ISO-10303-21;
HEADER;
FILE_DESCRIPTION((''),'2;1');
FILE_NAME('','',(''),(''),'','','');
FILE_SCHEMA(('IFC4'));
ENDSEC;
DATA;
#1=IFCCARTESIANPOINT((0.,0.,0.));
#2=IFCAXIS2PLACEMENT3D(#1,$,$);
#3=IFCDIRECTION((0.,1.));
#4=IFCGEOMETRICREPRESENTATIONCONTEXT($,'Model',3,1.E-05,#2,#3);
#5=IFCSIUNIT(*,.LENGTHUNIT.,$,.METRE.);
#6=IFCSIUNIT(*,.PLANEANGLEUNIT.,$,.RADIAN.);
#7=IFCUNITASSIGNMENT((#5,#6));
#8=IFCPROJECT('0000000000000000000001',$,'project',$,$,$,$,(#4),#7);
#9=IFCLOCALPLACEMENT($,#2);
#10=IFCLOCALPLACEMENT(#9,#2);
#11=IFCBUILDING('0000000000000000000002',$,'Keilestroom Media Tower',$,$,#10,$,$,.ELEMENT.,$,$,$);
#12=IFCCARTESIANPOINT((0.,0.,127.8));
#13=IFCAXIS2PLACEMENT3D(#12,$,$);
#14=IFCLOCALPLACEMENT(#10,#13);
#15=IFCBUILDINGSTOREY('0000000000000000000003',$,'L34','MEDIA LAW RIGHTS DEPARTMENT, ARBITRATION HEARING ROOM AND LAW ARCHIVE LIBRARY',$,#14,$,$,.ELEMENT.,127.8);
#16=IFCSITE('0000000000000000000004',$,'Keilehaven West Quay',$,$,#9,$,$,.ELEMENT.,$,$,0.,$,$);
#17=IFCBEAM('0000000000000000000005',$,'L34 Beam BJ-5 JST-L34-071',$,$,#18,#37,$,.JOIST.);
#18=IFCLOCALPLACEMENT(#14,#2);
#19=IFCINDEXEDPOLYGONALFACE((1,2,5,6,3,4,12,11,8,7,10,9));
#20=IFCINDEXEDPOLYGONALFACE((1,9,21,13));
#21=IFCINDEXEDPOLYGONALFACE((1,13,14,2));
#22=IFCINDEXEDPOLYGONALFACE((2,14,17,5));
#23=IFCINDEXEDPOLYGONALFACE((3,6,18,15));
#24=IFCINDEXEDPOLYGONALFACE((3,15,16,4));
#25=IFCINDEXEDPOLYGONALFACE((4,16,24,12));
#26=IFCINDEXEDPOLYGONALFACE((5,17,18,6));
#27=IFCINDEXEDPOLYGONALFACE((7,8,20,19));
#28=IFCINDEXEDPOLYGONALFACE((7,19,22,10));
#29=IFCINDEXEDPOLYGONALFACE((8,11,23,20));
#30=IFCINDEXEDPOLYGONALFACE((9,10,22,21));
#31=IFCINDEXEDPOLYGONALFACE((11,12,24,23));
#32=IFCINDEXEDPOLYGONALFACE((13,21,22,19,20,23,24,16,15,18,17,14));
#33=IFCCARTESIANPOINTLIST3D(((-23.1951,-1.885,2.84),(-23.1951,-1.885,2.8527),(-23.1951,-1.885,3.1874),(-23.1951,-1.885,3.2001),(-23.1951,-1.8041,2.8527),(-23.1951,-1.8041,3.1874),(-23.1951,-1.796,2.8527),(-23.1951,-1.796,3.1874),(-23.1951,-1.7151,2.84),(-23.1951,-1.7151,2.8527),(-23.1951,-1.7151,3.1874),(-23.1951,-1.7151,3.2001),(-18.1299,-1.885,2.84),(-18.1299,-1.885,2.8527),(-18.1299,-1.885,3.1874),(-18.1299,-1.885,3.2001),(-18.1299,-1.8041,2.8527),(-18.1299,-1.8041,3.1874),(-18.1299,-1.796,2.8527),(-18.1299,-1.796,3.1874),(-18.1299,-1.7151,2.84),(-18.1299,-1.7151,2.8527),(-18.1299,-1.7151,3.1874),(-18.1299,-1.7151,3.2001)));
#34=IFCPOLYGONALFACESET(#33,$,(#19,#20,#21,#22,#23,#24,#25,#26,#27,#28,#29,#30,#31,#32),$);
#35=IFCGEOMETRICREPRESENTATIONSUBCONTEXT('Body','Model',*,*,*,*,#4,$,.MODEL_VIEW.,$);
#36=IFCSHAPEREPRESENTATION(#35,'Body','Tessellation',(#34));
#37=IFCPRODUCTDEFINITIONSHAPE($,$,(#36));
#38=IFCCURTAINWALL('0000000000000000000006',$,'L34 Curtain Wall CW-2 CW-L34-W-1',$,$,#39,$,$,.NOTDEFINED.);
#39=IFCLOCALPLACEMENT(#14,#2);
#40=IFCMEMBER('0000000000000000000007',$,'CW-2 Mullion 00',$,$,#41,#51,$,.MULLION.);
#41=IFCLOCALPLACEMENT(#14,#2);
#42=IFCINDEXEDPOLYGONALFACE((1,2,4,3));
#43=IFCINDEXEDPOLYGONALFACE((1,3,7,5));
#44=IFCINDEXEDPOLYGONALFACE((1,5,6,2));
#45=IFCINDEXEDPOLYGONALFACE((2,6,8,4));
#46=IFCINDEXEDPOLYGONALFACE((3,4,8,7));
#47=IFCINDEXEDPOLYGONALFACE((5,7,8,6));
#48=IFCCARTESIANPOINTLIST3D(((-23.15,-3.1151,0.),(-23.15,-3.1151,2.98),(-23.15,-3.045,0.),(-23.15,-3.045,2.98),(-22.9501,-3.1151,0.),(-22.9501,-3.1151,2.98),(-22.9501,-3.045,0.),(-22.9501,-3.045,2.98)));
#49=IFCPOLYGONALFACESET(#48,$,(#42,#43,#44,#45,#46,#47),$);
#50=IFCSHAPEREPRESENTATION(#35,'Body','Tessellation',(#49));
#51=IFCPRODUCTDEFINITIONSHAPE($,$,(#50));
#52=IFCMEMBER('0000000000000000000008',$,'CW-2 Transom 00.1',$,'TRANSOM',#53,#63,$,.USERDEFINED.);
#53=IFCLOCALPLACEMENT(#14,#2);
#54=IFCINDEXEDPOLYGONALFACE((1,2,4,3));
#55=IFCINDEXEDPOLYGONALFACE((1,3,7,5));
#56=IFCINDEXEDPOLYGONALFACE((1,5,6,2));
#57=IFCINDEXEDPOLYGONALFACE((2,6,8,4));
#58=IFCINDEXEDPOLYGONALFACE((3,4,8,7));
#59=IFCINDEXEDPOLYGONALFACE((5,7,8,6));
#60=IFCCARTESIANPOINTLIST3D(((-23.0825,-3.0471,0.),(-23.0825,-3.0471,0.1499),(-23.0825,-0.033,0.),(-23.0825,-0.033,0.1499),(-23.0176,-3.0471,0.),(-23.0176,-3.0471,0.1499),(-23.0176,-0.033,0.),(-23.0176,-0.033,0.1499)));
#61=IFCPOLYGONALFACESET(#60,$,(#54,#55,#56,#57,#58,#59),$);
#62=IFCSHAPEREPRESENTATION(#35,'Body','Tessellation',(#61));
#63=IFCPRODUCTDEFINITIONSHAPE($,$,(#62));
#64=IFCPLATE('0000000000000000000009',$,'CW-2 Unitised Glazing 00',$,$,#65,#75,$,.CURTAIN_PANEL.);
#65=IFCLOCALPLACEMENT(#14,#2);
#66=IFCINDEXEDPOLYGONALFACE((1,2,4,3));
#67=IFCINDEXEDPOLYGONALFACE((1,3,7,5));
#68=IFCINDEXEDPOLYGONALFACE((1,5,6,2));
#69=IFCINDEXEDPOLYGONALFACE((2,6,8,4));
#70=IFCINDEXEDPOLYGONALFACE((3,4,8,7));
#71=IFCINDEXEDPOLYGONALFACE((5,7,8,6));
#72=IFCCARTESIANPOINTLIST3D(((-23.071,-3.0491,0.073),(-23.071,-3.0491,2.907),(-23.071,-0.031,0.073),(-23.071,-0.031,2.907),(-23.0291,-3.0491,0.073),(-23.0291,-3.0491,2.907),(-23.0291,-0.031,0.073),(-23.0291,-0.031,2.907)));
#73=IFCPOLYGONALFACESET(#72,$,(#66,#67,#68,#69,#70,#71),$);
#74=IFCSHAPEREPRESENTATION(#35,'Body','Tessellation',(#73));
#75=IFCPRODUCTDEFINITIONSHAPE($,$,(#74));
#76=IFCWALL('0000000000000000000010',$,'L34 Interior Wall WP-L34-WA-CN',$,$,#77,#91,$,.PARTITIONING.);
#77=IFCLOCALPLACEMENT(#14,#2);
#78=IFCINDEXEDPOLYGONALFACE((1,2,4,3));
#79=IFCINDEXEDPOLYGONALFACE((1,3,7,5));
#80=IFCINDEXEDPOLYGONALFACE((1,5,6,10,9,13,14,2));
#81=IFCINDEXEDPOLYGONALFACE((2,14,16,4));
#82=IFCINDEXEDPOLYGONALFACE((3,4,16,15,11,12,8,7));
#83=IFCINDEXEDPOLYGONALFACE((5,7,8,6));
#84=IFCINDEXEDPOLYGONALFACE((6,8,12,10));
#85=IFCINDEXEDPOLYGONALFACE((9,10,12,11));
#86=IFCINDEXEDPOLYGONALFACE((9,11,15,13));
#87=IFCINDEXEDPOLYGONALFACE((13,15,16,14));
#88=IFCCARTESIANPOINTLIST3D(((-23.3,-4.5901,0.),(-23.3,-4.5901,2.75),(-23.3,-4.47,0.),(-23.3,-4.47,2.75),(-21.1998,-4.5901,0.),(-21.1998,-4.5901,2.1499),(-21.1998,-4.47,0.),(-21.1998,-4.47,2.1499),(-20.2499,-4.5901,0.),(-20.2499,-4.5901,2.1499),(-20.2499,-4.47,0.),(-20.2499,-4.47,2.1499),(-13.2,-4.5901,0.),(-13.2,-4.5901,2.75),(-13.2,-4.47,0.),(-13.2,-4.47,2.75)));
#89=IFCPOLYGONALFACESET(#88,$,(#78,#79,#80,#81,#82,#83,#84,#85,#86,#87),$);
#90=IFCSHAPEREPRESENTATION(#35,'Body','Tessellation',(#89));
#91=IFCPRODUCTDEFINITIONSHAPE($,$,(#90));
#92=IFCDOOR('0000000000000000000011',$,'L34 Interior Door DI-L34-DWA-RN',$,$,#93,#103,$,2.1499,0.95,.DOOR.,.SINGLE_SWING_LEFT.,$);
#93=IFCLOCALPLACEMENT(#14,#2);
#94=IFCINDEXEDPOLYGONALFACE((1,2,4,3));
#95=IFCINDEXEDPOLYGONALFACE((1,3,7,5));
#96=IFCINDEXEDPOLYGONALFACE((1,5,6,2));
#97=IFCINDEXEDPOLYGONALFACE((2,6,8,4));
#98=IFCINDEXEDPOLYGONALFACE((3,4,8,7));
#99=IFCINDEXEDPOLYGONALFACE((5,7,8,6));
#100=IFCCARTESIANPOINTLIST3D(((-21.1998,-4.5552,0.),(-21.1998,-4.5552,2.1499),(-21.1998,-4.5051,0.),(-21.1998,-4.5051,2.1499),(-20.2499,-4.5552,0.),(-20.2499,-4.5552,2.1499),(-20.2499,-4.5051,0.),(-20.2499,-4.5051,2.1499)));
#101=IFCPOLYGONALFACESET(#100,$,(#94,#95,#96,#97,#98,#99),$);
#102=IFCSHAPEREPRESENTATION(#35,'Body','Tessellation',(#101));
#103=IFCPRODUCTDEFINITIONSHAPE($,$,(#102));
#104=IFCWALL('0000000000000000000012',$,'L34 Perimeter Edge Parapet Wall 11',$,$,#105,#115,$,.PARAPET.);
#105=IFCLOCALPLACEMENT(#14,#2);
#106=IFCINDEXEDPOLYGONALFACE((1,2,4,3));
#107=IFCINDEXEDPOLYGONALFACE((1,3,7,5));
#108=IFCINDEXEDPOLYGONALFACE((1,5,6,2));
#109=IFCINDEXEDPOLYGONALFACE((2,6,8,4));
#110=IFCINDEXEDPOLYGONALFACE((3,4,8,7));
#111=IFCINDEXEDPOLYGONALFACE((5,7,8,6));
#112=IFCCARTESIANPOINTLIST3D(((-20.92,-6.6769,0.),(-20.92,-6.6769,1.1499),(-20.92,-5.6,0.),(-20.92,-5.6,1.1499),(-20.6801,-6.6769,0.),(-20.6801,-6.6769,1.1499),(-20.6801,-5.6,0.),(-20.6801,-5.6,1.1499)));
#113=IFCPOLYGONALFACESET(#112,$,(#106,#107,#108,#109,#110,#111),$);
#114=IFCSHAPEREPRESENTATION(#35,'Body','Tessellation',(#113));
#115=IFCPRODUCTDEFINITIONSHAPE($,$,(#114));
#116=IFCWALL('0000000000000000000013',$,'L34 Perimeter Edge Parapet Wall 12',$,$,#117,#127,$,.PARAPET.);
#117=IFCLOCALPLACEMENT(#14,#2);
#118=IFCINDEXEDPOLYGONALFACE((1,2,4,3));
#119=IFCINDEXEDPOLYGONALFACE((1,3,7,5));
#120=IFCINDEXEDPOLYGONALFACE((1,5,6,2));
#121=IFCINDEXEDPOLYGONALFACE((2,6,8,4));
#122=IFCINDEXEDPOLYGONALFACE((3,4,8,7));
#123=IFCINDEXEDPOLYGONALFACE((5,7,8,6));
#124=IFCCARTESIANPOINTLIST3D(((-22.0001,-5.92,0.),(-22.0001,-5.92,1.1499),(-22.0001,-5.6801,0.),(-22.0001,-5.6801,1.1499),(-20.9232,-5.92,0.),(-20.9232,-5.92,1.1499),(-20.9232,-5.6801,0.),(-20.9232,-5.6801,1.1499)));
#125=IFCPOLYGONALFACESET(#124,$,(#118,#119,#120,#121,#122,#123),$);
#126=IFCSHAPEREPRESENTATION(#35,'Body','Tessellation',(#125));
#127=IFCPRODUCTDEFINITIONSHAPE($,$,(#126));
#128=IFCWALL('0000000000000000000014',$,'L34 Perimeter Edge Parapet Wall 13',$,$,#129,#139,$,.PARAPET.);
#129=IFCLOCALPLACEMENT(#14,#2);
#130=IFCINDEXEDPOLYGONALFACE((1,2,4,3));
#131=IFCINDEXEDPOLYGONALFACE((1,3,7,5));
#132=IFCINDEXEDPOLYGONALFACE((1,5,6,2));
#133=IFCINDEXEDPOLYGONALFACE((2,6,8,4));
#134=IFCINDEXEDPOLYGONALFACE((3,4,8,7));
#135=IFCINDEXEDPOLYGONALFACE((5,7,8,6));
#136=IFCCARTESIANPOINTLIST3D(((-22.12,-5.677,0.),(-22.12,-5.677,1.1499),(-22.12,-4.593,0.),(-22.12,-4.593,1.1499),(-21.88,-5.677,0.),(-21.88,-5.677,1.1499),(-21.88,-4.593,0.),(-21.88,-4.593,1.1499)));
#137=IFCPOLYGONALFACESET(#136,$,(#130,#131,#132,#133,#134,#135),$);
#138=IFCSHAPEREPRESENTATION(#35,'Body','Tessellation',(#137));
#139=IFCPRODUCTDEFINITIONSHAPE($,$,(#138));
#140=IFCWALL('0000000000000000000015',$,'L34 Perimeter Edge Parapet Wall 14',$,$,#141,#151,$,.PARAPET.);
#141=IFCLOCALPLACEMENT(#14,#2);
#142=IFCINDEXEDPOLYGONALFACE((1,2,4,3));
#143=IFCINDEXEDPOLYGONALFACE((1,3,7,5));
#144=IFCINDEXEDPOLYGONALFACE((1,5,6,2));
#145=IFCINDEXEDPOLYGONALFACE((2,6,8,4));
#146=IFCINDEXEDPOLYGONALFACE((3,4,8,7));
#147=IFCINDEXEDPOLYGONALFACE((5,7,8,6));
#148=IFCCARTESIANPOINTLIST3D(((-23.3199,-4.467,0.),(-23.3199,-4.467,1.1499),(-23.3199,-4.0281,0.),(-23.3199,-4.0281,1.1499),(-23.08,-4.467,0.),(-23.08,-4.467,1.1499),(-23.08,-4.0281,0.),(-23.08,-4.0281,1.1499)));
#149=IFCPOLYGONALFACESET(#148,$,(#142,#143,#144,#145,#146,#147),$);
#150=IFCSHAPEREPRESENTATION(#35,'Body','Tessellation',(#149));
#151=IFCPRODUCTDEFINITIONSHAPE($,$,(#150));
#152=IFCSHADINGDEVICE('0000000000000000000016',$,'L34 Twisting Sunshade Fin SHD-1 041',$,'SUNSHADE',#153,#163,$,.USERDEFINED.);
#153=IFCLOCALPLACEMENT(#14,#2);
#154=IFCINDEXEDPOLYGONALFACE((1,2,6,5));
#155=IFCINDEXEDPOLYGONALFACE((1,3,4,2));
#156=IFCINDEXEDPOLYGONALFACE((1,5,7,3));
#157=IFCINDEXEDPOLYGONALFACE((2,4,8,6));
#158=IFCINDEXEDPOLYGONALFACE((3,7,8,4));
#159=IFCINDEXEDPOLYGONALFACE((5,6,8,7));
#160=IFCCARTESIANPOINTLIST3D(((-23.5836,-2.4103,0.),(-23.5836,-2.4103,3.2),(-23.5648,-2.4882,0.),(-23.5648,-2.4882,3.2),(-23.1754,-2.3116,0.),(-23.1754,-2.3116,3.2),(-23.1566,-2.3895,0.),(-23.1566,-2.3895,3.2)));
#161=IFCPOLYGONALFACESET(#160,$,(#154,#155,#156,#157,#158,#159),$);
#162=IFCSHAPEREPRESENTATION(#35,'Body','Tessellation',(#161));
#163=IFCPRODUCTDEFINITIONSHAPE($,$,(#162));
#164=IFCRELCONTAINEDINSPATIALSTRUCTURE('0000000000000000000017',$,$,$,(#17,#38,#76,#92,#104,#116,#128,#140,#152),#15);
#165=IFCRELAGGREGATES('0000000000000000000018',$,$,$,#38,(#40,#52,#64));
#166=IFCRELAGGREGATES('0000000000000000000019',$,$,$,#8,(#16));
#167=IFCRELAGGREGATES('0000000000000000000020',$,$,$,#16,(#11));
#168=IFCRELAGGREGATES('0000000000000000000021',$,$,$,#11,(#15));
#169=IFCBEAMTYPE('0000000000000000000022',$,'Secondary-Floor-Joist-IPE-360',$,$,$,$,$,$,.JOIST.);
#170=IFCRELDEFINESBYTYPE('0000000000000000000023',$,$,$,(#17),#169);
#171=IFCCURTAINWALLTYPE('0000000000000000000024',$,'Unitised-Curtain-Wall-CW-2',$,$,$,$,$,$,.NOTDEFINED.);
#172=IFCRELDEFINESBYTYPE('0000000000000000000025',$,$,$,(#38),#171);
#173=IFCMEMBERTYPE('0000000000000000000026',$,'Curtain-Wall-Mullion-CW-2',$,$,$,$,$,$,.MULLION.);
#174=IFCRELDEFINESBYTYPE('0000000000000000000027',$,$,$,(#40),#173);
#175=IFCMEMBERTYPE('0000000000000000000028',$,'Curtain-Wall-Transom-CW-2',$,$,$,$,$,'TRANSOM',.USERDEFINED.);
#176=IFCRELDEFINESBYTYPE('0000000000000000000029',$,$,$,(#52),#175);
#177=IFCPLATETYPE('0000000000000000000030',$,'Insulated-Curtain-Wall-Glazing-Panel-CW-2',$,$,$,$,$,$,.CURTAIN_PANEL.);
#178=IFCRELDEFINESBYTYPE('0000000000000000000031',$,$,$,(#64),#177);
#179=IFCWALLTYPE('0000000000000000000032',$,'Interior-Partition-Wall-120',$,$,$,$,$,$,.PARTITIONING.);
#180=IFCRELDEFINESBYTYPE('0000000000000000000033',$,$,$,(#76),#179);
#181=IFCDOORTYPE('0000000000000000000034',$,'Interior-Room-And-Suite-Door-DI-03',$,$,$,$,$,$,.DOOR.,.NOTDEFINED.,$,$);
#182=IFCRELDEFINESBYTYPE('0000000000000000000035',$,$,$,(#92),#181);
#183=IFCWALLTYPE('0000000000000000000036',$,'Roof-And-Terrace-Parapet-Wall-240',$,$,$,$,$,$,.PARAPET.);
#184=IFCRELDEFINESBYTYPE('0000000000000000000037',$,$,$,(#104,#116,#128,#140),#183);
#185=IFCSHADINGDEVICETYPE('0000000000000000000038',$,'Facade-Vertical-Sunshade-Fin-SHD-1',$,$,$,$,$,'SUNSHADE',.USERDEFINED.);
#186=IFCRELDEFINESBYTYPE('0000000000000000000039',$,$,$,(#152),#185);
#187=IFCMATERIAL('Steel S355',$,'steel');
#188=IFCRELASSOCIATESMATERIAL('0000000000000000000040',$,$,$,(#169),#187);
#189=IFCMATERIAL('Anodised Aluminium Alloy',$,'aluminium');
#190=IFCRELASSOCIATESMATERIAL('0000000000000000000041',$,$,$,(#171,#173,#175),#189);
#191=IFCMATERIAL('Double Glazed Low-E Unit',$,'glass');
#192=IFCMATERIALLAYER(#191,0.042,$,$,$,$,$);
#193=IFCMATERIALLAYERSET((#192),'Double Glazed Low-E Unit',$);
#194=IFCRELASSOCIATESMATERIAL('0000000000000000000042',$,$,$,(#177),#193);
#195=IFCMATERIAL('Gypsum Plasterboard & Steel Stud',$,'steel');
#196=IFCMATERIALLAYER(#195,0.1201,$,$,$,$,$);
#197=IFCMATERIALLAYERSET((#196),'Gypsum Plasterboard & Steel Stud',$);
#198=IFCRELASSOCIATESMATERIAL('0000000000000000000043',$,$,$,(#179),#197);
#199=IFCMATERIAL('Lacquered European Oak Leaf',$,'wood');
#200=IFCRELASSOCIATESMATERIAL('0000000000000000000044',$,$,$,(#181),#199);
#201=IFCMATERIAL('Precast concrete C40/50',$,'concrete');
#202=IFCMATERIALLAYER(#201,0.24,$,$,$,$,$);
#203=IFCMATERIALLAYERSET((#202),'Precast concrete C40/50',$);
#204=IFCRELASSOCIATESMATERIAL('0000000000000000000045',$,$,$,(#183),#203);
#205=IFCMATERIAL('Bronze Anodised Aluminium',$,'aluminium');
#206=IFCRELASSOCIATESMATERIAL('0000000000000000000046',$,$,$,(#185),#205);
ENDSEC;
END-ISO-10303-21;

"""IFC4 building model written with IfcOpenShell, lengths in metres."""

from ifc_helpers import new_model, si_unit, direction, frame, frame_2d, origin, origin_2d, place, context, subcontext, project, spatial, rectangle, i_section, extrude, source, transform, mapped, material, layer, layer_set, material_profile, profile_set, type_object, element, fill, aggregate, save


model = new_model("IFC4")

# Units and contexts
model_context = context("Model", 3, precision=1e-05, world=origin(), true_north=direction((0.0, 1.0)))
body_context = subcontext(model_context, "Body", "Model", "MODEL_VIEW")
ifc_project = project(units=[si_unit("LENGTHUNIT", "METRE"), si_unit("PLANEANGLEUNIT", "RADIAN")], contexts=[model_context])

# Site, building, storey
site_placement = place(None, origin())
site = spatial("IfcSite", under=ifc_project, at=site_placement, Name="Keilehaven West Quay", CompositionType="ELEMENT", RefElevation=0.0)
building_placement = place(site_placement, origin())
building = spatial("IfcBuilding", under=site, at=building_placement, Name="Keilestroom Media Tower", CompositionType="ELEMENT")
storey_placement = place(building_placement, frame((0.0, 0.0, 127.8)))
storey = spatial("IfcBuildingStorey", under=building, at=storey_placement, Name="L34", Description="MEDIA LAW RIGHTS DEPARTMENT, ARBITRATION HEARING ROOM AND LAW ARCHIVE LIBRARY", CompositionType="ELEMENT", Elevation=127.8)

# Shared definitions
ifc_material_1 = material(Name="Precast concrete C40/50", Category="concrete")
ifc_material_2 = material(Name="Steel S355", Category="steel")

# Beam
ifc_material_profile_1 = material_profile(ifc_material_2, i_section(OverallWidth=0.1699, OverallDepth=0.3601, WebThickness=0.0081, FlangeThickness=0.0127, at=origin_2d()), Name="IPE 360")
ifc_profile_set_1 = profile_set([ifc_material_profile_1], Name="Steel S355")
beam_type_1 = type_object("IfcBeamType", Name="Secondary-Floor-Joist-IPE-360", PredefinedType="JOIST", material=ifc_profile_set_1)
shared_shape_1 = source(origin(), body_context, "Body", "SweptSolid", [
    extrude(i_section(OverallWidth=0.1699, OverallDepth=0.3601, WebThickness=0.0081, FlangeThickness=0.0127, at=origin_2d()), origin(), (0.0, 0.0, 1.0), 5.0652),
])
beam_1_placement = place(storey_placement, frame((-23.1951, -1.8, 3.02), z_axis=(1.0, 0.0, 0.0), x_axis=(0.0, 1.0, 0.0)))
element("IfcBeam", 1, at=beam_1_placement, inside=storey, type_object=beam_type_1, Name="L34 Beam BJ-5 JST-L34-071", PredefinedType="JOIST", context=body_context, shape_type="MappedRepresentation", body=[
    mapped(shared_shape_1, transform((0.0, 0.0, 0.0), x_axis=(1.0, 0.0, 0.0), y_axis=(0.0, 1.0, 0.0), z_axis=(0.0, 0.0, 1.0), scale=1.0)),
])

# Curtain wall, members, plate
ifc_material_3 = material(Name="Anodised Aluminium Alloy", Category="aluminium")
curtain_wall_type = type_object("IfcCurtainWallType", Name="Unitised-Curtain-Wall-CW-2", PredefinedType="NOTDEFINED", material=ifc_material_3)
curtain_wall_placement = place(storey_placement, origin())
curtain_wall = element("IfcCurtainWall", 2, at=curtain_wall_placement, inside=storey, type_object=curtain_wall_type, Name="L34 Curtain Wall CW-2 CW-L34-W-1", PredefinedType="NOTDEFINED")
ifc_material_profile_2 = material_profile(ifc_material_3, rectangle(XDim=0.0701, YDim=0.2, at=origin_2d()), Name="ALU MULLION 70x200")
ifc_profile_set_2 = profile_set([ifc_material_profile_2], Name="Anodised Aluminium Alloy")
member_type_1 = type_object("IfcMemberType", Name="Curtain-Wall-Mullion-CW-2", PredefinedType="MULLION", material=ifc_profile_set_2)
shared_shape_2 = source(origin(), body_context, "Body", "SweptSolid", [
    extrude(rectangle(XDim=0.0701, YDim=0.2, at=origin_2d()), origin(), (0.0, 0.0, 1.0), 2.98),
])
member_1_placement = place(storey_placement, frame((-23.05, -3.0801, 0.0), z_axis=(0.0, 0.0, 1.0), x_axis=(0.0, 1.0, 0.0)))
member_1 = element("IfcMember", 3, at=member_1_placement, type_object=member_type_1, Name="CW-2 Mullion 00", PredefinedType="MULLION", context=body_context, shape_type="MappedRepresentation", body=[
    mapped(shared_shape_2, transform((0.0, 0.0, 0.0), x_axis=(1.0, 0.0, 0.0), y_axis=(0.0, 1.0, 0.0), z_axis=(0.0, 0.0, 1.0), scale=1.0)),
])
ifc_material_profile_3 = material_profile(ifc_material_3, rectangle(XDim=0.0649, YDim=0.1499, at=origin_2d()), Name="ALU TRANSOM 65x150")
ifc_profile_set_3 = profile_set([ifc_material_profile_3], Name="Anodised Aluminium Alloy")
member_type_2 = type_object("IfcMemberType", Name="Curtain-Wall-Transom-CW-2", ElementType="TRANSOM", PredefinedType="USERDEFINED", material=ifc_profile_set_3)
shared_shape_3 = source(origin(), body_context, "Body", "SweptSolid", [
    extrude(rectangle(XDim=0.0649, YDim=0.1499, at=origin_2d()), origin(), (0.0, 0.0, 1.0), 3.0142),
])
member_2_placement = place(storey_placement, frame((-23.05, -3.0471, 0.075), z_axis=(0.0, 1.0, 0.0), x_axis=(-1.0, 0.0, 0.0)))
member_2 = element("IfcMember", 4, at=member_2_placement, type_object=member_type_2, Name="CW-2 Transom 00.1", ObjectType="TRANSOM", PredefinedType="USERDEFINED", context=body_context, shape_type="MappedRepresentation", body=[
    mapped(shared_shape_3, transform((0.0, 0.0, 0.0), x_axis=(1.0, 0.0, 0.0), y_axis=(0.0, 1.0, 0.0), z_axis=(0.0, 0.0, 1.0), scale=1.0)),
])
ifc_material_4 = material(Name="Double Glazed Low-E Unit", Category="glass")
ifc_layer_1 = layer(ifc_material_4, 0.042)
ifc_layer_set_1 = layer_set([ifc_layer_1], Name="Double Glazed Low-E Unit")
plate_type = type_object("IfcPlateType", Name="Insulated-Curtain-Wall-Glazing-Panel-CW-2", PredefinedType="CURTAIN_PANEL", material=ifc_layer_set_1)
shared_shape_4 = source(origin(), body_context, "Body", "SweptSolid", [
    extrude(rectangle(XDim=3.0181, YDim=0.042, at=origin_2d()), origin(), (0.0, 0.0, 1.0), 2.834),
])
plate_placement = place(storey_placement, frame((-23.05, -1.54, 0.073), z_axis=(0.0, 0.0, 1.0), x_axis=(0.0, 1.0, 0.0)))
plate = element("IfcPlate", 5, at=plate_placement, type_object=plate_type, Name="CW-2 Unitised Glazing 00", PredefinedType="CURTAIN_PANEL", context=body_context, shape_type="MappedRepresentation", body=[
    mapped(shared_shape_4, transform((0.0, 0.0, 0.0), x_axis=(1.0, 0.0, 0.0), y_axis=(0.0, 1.0, 0.0), z_axis=(0.0, 0.0, 1.0), scale=1.0)),
])
aggregate(curtain_wall, [member_1, member_2, plate])

# Wall, opening, door
ifc_material_5 = material(Name="Gypsum Plasterboard & Steel Stud", Category="steel")
ifc_layer_2 = layer(ifc_material_5, 0.1201)
ifc_layer_set_2 = layer_set([ifc_layer_2], Name="Gypsum Plasterboard & Steel Stud")
wall_type_1 = type_object("IfcWallType", Name="Interior-Partition-Wall-120", PredefinedType="PARTITIONING", material=ifc_layer_set_2)
wall_1_placement = place(storey_placement, frame((-23.3, -4.53, 0.0), z_axis=(0.0, 0.0, 1.0), x_axis=(1.0, 0.0, 0.0)))
wall_1 = element("IfcWall", 6, at=wall_1_placement, inside=storey, type_object=wall_type_1, Name="L34 Interior Wall WP-L34-WA-CN", PredefinedType="PARTITIONING", context=body_context, shape_type="SweptSolid", body=[
    extrude(rectangle(XDim=10.1001, YDim=0.1201, at=frame_2d((5.05, 0.0))), origin(), (0.0, 0.0, 1.0), 2.75),
])
opening_placement = place(wall_1_placement, frame((2.1001, 0.0, 0.0)))
opening = element("IfcOpeningElement", 7, at=opening_placement, cuts=wall_1, PredefinedType="OPENING", context=body_context, shape_type="SweptSolid", body=[
    extrude(rectangle(XDim=0.95, YDim=2.1499, at=frame_2d((0.4751, 1.075))), frame((0.0, 0.0701, 0.0), z_axis=(0.0, -1.0, 0.0), x_axis=(1.0, 0.0, 0.0)), (0.0, 0.0, 1.0), 0.1401),
])
ifc_material_6 = material(Name="Lacquered European Oak Leaf", Category="wood")
door_type = type_object("IfcDoorType", Name="Interior-Room-And-Suite-Door-DI-03", OperationType="NOTDEFINED", PredefinedType="DOOR", material=ifc_material_6)
shared_shape_5 = source(origin(), body_context, "Body", "SweptSolid", [
    extrude(rectangle(XDim=0.95, YDim=2.1499, at=frame_2d((0.4751, 1.075))), frame((0.0, 0.0249, 0.0), z_axis=(0.0, -1.0, 0.0), x_axis=(1.0, 0.0, 0.0)), (0.0, 0.0, 1.0), 0.05),
])
door_placement = place(opening_placement, origin())
door = element("IfcDoor", 8, at=door_placement, inside=storey, type_object=door_type, Name="L34 Interior Door DI-L34-DWA-RN", OperationType="SINGLE_SWING_LEFT", OverallHeight=2.1499, OverallWidth=0.95, PredefinedType="DOOR", context=body_context, shape_type="MappedRepresentation", body=[
    mapped(shared_shape_5, transform((0.0, 0.0, 0.0), x_axis=(1.0, 0.0, 0.0), y_axis=(0.0, 1.0, 0.0), z_axis=(0.0, 0.0, 1.0), scale=1.0)),
])
fill(opening, door)

# Walls
ifc_layer_3 = layer(ifc_material_1, 0.24)
ifc_layer_set_3 = layer_set([ifc_layer_3], Name="Precast concrete C40/50")
wall_type_2 = type_object("IfcWallType", Name="Roof-And-Terrace-Parapet-Wall-240", PredefinedType="PARAPET", material=ifc_layer_set_3)
for number, where, z_axis, x_axis, name in (
    (9, (-20.8, -6.677, 0.0), (0.0, 0.0, 1.0), (0.0, 1.0, 0.0), "L34 Perimeter Edge Parapet Wall 11"),
    (10, (-20.9231, -5.8, 0.0), (0.0, 0.0, 1.0), (-1.0, 0.0, 0.0), "L34 Perimeter Edge Parapet Wall 12"),
):
    element("IfcWall", number, at=place(storey_placement, frame(where, z_axis=z_axis, x_axis=x_axis)), inside=storey, type_object=wall_type_2, Name=name, PredefinedType="PARAPET", context=body_context, shape_type="SweptSolid", body=[
        extrude(rectangle(XDim=1.0769, YDim=0.24, at=frame_2d((0.5386, 0.0))), origin(), (0.0, 0.0, 1.0), 1.1499),
    ])
wall_2_placement = place(storey_placement, frame((-22.0, -5.677, 0.0), z_axis=(0.0, 0.0, 1.0), x_axis=(0.0, 1.0, 0.0)))
element("IfcWall", 11, at=wall_2_placement, inside=storey, type_object=wall_type_2, Name="L34 Perimeter Edge Parapet Wall 13", PredefinedType="PARAPET", context=body_context, shape_type="SweptSolid", body=[
    extrude(rectangle(XDim=1.084, YDim=0.24, at=frame_2d((0.542, 0.0))), origin(), (0.0, 0.0, 1.0), 1.1499),
])
wall_3_placement = place(storey_placement, frame((-23.2, -4.467, 0.0), z_axis=(0.0, 0.0, 1.0), x_axis=(0.0, 1.0, 0.0)))
element("IfcWall", 12, at=wall_3_placement, inside=storey, type_object=wall_type_2, Name="L34 Perimeter Edge Parapet Wall 14", PredefinedType="PARAPET", context=body_context, shape_type="SweptSolid", body=[
    extrude(rectangle(XDim=0.439, YDim=0.24, at=frame_2d((0.2195, 0.0))), origin(), (0.0, 0.0, 1.0), 1.1499),
])

# Shading device
ifc_material_7 = material(Name="Bronze Anodised Aluminium", Category="aluminium")
shading_device_type = type_object("IfcShadingDeviceType", Name="Facade-Vertical-Sunshade-Fin-SHD-1", ElementType="SUNSHADE", PredefinedType="USERDEFINED", material=ifc_material_7)
shared_shape_6 = source(origin(), body_context, "Body", "SweptSolid", [
    extrude(rectangle(XDim=0.4199, YDim=0.0801, at=origin_2d()), origin(), (0.0, 0.0, 1.0), 3.2),
])
shading_device_placement = place(storey_placement, frame((-23.3701, -2.3999, 0.0), z_axis=(0.0, 0.0, 1.0), x_axis=(0.972002, 0.234972, 0.0)))
element("IfcShadingDevice", 13, at=shading_device_placement, inside=storey, type_object=shading_device_type, Name="L34 Twisting Sunshade Fin SHD-1 041", ObjectType="SUNSHADE", PredefinedType="USERDEFINED", context=body_context, shape_type="MappedRepresentation", body=[
    mapped(shared_shape_6, transform((0.0, 0.0, 0.0), x_axis=(1.0, 0.0, 0.0), y_axis=(0.0, 1.0, 0.0), z_axis=(0.0, 0.0, 1.0), scale=1.0)),
])

save(model, "model.ifc")
